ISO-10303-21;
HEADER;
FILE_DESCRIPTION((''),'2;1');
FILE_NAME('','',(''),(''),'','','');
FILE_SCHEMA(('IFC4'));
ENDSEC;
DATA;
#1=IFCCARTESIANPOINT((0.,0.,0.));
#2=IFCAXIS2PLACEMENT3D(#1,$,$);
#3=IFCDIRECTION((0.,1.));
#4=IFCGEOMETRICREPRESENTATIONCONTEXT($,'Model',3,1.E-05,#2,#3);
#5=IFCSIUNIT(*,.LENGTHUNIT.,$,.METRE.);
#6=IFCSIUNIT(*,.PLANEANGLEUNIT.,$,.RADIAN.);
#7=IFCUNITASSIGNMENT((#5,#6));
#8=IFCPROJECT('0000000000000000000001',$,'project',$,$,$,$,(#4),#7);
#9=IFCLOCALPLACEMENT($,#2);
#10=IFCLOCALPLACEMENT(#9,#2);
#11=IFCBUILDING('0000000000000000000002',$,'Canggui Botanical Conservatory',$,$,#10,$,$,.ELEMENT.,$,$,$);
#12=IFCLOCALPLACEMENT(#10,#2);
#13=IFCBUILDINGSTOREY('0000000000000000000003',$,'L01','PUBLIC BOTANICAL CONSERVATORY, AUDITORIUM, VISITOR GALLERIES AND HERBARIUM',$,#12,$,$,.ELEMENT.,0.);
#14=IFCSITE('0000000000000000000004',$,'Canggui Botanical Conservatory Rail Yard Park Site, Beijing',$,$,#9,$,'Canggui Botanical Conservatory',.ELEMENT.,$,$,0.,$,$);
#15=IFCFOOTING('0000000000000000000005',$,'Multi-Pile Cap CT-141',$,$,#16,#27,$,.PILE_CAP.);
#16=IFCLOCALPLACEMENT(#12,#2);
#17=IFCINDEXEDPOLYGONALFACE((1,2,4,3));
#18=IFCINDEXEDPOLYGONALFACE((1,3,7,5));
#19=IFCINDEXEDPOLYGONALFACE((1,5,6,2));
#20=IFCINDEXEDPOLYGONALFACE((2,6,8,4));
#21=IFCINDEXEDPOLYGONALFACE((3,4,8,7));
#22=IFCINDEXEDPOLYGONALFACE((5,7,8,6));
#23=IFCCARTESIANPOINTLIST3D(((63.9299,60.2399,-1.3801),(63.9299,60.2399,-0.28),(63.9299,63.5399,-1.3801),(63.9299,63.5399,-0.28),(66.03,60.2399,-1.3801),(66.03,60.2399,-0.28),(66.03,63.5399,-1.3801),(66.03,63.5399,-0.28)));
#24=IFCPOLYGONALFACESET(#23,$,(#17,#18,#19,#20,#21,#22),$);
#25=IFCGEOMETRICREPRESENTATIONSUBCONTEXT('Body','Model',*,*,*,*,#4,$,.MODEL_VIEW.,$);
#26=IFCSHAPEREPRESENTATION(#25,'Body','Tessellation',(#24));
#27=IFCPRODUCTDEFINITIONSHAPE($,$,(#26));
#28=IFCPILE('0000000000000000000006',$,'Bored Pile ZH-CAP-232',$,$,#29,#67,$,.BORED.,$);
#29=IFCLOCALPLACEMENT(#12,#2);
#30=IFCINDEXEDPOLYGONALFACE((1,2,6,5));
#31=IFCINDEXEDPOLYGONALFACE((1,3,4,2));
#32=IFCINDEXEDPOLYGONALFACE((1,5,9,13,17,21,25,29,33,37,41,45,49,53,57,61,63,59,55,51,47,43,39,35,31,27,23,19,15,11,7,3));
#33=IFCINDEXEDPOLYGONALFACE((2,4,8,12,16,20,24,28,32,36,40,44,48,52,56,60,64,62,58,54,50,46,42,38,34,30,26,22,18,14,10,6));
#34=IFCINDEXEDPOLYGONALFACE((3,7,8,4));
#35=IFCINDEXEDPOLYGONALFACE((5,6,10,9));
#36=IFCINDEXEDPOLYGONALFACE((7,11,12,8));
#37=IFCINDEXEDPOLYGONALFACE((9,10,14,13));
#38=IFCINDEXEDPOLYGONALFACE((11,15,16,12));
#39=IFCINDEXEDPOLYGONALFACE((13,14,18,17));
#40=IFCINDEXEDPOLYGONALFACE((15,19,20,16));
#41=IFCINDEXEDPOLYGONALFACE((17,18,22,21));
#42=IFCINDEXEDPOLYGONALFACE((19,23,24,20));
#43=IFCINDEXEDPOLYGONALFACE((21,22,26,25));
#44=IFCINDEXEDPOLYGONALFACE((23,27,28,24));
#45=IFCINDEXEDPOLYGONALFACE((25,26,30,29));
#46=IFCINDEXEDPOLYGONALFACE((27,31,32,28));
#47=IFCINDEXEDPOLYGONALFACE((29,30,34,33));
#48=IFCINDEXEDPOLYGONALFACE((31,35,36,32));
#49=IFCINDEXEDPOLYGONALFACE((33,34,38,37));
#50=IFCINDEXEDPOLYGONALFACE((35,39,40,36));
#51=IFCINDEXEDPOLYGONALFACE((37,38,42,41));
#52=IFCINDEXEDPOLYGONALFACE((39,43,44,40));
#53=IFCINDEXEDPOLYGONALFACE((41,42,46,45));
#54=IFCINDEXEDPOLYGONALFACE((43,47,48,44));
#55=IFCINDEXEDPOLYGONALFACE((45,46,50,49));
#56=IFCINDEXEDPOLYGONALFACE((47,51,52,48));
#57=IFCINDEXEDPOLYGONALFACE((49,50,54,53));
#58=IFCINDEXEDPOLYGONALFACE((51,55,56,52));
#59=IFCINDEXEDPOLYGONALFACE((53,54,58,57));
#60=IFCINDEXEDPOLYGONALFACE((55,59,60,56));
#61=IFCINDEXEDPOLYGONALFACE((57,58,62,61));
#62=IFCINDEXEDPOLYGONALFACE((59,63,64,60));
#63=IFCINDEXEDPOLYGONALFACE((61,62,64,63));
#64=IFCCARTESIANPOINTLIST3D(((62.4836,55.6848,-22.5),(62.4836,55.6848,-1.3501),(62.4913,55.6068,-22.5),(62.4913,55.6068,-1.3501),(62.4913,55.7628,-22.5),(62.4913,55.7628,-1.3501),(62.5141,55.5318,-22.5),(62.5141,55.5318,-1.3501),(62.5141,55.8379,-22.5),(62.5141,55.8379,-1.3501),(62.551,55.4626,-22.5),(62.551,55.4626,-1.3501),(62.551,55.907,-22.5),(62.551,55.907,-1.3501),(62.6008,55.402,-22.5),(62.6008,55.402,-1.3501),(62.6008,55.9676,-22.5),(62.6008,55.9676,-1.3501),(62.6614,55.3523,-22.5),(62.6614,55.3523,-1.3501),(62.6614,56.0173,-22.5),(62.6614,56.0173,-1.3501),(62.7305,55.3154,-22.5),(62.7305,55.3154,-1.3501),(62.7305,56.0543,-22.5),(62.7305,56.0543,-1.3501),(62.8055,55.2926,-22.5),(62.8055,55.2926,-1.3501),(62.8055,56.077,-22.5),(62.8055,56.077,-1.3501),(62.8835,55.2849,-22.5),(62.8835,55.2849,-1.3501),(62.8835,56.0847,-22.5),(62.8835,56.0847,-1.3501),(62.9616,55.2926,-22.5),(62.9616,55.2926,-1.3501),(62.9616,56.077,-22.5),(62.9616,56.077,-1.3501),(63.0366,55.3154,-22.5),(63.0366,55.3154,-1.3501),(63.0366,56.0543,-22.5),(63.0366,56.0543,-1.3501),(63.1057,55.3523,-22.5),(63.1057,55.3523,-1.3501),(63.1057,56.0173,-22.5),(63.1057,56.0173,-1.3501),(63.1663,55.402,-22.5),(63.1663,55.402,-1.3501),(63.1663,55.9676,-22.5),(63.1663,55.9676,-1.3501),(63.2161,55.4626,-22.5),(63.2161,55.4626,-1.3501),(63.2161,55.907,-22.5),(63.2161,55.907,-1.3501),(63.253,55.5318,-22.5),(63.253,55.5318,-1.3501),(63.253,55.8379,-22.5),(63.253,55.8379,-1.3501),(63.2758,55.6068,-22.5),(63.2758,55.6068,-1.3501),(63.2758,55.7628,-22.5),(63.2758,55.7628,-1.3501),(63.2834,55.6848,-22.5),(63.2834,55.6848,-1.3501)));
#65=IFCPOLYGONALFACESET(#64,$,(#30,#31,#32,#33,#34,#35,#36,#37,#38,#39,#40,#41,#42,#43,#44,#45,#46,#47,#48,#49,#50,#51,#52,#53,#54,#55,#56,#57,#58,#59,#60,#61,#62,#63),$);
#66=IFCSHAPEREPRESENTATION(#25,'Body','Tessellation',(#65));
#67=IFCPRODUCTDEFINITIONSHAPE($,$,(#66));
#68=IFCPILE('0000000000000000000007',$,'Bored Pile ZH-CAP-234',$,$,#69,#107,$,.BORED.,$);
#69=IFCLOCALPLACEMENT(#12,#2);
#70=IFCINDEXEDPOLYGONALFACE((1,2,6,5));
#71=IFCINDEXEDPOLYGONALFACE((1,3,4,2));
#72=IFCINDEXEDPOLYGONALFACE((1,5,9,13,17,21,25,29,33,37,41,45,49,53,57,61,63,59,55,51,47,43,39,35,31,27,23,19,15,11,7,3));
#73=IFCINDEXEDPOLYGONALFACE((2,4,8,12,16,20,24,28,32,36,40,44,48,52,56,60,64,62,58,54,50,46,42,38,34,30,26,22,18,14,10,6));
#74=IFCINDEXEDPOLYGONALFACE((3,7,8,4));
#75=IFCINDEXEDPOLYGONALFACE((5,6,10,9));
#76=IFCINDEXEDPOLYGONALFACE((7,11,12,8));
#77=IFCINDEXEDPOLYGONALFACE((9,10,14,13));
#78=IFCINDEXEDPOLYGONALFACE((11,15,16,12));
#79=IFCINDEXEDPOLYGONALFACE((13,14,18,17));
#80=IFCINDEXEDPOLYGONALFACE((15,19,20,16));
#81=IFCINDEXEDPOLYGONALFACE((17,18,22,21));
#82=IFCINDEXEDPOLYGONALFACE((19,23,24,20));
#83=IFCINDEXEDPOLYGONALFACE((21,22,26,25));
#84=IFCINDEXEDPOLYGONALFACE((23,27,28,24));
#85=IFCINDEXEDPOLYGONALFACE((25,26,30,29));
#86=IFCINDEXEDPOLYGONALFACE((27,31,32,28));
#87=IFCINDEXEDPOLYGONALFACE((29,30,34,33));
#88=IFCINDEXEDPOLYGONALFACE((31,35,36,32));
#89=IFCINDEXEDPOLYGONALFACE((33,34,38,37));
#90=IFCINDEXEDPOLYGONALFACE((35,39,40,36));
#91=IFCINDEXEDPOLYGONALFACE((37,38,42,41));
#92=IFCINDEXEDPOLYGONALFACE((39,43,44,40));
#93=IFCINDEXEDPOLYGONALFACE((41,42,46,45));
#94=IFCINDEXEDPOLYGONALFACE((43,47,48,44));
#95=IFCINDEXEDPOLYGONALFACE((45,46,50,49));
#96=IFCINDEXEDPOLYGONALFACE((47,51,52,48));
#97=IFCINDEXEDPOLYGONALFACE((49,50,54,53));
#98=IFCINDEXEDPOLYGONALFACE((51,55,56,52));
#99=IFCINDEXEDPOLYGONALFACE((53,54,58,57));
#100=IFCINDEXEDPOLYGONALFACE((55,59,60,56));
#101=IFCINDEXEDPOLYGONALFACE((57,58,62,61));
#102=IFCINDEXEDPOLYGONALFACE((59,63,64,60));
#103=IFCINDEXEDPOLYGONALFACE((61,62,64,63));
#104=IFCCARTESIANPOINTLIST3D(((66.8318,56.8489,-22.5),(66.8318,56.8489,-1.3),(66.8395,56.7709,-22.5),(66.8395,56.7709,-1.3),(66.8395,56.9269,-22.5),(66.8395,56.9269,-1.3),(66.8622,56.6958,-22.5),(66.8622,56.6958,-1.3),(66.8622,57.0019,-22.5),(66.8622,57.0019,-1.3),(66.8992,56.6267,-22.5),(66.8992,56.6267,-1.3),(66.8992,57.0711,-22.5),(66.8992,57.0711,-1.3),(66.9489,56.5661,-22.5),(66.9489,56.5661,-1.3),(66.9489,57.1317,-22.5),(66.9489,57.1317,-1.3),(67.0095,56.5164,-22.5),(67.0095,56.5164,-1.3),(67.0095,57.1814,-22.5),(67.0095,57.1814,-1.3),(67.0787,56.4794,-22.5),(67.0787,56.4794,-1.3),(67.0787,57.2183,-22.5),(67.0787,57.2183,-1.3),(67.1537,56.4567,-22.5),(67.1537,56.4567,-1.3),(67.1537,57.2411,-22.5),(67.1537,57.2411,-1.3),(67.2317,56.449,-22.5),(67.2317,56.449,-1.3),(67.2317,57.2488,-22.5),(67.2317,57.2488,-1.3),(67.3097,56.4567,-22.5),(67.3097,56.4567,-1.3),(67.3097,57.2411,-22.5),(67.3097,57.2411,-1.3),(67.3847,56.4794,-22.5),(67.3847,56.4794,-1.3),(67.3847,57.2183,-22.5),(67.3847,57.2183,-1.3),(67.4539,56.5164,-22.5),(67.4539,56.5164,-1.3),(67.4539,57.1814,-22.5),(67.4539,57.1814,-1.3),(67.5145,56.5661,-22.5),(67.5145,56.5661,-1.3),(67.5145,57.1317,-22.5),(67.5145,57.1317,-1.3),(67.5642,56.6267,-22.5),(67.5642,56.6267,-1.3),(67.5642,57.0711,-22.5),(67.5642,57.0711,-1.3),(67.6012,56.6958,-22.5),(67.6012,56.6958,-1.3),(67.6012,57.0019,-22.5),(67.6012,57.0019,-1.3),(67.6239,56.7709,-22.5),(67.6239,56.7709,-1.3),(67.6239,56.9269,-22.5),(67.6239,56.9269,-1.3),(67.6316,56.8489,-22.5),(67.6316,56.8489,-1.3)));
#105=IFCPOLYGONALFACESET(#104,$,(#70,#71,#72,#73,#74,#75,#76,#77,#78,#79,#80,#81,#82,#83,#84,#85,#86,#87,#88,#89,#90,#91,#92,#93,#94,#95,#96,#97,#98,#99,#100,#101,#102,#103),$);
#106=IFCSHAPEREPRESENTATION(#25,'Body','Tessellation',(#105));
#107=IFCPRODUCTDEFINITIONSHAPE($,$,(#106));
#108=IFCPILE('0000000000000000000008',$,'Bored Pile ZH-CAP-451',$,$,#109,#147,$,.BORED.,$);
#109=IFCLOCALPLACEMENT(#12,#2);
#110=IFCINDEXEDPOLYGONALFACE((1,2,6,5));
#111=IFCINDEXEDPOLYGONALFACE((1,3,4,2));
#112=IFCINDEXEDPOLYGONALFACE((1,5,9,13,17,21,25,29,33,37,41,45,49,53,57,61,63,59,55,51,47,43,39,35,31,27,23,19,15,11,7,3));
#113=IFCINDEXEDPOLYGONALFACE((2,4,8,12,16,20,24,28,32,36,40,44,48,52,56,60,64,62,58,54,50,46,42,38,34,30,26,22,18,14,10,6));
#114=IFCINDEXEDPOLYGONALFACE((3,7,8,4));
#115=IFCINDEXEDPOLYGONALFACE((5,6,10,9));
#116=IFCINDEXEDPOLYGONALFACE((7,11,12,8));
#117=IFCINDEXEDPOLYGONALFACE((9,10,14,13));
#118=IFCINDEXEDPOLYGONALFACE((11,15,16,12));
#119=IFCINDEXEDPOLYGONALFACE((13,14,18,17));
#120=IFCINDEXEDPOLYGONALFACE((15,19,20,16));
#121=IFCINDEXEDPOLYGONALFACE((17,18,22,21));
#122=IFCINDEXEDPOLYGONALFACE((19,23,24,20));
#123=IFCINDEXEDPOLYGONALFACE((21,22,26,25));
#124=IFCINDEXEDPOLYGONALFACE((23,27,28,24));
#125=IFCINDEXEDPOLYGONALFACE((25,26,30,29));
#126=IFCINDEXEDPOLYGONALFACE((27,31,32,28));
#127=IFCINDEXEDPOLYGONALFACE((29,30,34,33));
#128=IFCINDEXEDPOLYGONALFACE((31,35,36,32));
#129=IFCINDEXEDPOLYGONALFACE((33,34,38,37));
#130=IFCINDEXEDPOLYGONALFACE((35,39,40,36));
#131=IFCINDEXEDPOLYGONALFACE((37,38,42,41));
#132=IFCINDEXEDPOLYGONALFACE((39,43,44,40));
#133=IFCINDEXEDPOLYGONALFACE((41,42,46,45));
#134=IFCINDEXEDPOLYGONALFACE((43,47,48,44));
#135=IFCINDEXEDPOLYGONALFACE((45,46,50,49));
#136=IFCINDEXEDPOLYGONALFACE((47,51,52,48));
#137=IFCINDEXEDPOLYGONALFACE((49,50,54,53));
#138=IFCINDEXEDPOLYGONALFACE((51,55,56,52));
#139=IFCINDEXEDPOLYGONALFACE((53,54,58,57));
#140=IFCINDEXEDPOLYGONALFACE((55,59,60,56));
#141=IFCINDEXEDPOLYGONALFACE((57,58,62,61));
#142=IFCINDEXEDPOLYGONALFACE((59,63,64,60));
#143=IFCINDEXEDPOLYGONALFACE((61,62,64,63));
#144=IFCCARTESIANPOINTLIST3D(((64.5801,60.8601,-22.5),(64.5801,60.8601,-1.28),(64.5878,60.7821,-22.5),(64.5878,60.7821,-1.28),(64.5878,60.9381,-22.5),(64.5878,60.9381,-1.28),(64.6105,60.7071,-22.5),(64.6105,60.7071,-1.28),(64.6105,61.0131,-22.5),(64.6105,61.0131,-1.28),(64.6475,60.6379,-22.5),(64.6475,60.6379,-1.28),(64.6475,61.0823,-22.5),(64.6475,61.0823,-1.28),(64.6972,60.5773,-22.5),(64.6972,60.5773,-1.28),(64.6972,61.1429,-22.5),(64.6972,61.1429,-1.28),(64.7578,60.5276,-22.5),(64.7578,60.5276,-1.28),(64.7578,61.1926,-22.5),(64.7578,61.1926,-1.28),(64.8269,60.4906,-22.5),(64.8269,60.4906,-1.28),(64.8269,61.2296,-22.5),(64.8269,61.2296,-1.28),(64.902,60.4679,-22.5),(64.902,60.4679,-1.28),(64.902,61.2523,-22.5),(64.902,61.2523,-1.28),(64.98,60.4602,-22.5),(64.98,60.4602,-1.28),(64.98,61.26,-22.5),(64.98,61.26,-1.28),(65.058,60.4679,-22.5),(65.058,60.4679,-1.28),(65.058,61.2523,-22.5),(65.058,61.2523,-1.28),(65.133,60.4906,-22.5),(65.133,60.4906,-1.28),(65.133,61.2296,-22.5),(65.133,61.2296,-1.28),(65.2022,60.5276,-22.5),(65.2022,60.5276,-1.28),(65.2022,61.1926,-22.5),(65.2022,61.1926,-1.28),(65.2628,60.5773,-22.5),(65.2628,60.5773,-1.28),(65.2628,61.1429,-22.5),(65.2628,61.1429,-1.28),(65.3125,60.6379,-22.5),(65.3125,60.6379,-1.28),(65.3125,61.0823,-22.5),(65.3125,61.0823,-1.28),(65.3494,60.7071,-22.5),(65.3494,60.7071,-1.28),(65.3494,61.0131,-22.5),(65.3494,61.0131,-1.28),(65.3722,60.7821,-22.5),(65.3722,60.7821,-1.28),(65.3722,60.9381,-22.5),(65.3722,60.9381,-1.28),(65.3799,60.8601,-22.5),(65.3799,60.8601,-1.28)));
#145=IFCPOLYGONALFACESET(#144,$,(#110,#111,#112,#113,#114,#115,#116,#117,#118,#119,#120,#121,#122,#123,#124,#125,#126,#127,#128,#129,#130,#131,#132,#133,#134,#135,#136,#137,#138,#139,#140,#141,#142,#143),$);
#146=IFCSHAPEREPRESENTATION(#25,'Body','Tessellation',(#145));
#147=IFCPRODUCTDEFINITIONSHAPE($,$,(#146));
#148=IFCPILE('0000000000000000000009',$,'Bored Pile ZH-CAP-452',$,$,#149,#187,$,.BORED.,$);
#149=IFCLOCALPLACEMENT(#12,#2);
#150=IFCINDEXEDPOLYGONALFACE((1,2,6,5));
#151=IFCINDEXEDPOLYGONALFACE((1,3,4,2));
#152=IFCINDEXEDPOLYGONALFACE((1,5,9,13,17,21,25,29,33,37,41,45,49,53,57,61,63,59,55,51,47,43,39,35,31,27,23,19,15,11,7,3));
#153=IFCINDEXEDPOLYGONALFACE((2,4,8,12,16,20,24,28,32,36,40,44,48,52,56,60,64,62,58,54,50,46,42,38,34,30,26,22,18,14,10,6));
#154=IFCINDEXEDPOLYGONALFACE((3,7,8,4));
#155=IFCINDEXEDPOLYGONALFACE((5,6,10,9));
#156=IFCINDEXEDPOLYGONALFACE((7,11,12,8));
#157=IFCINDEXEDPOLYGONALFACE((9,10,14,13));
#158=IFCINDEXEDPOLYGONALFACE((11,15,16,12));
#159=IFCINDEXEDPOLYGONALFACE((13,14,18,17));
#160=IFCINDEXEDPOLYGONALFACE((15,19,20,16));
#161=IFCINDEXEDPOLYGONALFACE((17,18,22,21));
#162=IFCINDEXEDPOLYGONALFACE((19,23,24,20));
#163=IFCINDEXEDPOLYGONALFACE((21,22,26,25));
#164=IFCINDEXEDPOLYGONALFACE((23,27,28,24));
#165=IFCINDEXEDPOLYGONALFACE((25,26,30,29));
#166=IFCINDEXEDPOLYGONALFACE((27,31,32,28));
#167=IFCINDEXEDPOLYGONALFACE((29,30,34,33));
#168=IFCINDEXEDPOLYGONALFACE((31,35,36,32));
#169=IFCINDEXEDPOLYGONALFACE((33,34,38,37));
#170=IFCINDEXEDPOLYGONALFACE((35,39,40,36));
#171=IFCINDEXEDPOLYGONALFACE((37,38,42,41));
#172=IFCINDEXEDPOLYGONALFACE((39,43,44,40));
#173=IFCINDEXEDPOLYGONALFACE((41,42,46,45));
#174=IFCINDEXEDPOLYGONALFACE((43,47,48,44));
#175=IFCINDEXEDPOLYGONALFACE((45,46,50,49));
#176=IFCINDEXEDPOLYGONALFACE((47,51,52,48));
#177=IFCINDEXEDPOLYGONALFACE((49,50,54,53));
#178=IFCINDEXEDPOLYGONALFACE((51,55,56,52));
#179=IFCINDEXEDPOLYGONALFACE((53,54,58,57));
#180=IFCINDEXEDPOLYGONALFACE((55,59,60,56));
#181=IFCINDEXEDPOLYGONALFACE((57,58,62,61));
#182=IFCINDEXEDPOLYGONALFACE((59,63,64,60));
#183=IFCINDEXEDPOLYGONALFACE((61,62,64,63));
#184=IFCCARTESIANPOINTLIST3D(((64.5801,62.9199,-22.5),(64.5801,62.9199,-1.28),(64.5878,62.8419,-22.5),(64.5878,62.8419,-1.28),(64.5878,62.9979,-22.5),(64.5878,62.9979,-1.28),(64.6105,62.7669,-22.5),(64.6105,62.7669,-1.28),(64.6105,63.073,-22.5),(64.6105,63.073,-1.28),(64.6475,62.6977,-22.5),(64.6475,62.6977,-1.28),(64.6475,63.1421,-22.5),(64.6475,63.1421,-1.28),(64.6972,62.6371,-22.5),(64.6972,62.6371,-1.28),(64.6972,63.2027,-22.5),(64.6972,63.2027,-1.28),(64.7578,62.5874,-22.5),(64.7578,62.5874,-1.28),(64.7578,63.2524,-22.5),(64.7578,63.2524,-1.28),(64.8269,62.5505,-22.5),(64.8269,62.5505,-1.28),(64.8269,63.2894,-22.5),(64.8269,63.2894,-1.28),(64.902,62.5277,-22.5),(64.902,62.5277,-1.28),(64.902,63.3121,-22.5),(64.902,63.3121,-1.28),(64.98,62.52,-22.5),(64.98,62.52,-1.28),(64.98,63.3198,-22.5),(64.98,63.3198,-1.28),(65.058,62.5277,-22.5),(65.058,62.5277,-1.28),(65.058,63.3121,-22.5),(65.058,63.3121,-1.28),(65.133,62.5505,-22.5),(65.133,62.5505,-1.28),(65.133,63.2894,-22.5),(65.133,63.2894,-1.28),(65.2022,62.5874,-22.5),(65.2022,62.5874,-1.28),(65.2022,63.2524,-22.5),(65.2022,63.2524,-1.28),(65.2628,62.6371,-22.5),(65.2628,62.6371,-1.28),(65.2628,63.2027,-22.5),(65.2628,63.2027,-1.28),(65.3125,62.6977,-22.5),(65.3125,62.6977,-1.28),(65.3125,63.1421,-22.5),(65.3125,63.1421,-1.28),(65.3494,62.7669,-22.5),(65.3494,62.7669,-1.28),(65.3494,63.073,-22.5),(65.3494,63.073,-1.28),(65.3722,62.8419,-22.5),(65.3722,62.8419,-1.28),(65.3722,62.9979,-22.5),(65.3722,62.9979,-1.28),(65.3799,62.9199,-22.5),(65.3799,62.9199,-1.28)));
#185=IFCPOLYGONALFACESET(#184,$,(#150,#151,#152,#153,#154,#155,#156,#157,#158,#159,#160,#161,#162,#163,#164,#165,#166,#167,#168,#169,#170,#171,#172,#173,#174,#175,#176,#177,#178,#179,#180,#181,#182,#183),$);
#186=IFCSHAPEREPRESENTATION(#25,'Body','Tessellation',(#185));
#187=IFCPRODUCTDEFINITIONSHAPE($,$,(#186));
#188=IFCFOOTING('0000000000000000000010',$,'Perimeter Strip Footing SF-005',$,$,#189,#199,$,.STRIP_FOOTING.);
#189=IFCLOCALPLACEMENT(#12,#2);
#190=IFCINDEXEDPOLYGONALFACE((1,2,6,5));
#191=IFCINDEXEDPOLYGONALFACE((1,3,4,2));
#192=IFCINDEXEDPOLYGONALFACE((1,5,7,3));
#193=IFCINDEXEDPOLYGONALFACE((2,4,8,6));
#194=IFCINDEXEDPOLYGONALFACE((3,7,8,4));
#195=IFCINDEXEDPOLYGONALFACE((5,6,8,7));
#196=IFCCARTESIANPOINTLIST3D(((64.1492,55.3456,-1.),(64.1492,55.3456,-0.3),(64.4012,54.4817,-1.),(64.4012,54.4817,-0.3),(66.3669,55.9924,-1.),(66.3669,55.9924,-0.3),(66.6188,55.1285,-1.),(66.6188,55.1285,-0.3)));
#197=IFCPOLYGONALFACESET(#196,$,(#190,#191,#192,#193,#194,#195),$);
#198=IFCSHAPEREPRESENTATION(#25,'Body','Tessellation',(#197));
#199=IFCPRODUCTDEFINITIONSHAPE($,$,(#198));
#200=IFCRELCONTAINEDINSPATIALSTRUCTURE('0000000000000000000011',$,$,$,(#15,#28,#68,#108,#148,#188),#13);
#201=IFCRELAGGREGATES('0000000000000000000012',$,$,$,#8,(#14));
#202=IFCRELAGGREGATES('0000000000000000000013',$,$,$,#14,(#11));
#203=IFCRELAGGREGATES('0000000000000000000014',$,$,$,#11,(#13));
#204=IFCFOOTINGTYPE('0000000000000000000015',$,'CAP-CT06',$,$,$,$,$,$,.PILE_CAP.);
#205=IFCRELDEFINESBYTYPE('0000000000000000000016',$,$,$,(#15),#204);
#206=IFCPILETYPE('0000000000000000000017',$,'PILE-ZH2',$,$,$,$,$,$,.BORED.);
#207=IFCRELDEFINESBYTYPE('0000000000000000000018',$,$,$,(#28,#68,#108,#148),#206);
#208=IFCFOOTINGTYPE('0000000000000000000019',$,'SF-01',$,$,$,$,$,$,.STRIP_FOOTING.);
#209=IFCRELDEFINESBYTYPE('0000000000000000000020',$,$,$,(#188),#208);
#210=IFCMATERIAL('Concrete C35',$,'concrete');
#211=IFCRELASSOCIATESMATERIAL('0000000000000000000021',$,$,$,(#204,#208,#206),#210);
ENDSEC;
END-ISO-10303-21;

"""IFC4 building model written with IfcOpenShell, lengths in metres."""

from ifc_helpers import new_model, si_unit, direction, frame, origin, origin_2d, place, context, subcontext, project, spatial, rectangle, circle, extrude, material, material_profile, profile_set, type_object, element, save


model = new_model("IFC4")

# Units and contexts
model_context = context("Model", 3, precision=1e-05, world=origin(), true_north=direction((0.0, 1.0)))
body_context = subcontext(model_context, "Body", "Model", "MODEL_VIEW")
ifc_project = project(units=[si_unit("LENGTHUNIT", "METRE"), si_unit("PLANEANGLEUNIT", "RADIAN")], contexts=[model_context])

# Site, building, storey
site_placement = place(None, origin())
site = spatial("IfcSite", under=ifc_project, at=site_placement, Name="Canggui Botanical Conservatory Rail Yard Park Site, Beijing", LongName="Canggui Botanical Conservatory", CompositionType="ELEMENT", RefElevation=0.0)
building_placement = place(site_placement, origin())
building = spatial("IfcBuilding", under=site, at=building_placement, Name="Canggui Botanical Conservatory", CompositionType="ELEMENT")
storey_placement = place(building_placement, origin())
storey = spatial("IfcBuildingStorey", under=building, at=storey_placement, Name="L01", Description="PUBLIC BOTANICAL CONSERVATORY, AUDITORIUM, VISITOR GALLERIES AND HERBARIUM", CompositionType="ELEMENT", Elevation=0.0)

# Footing
ifc_material_1 = material(Name="Concrete C35", Category="concrete")
footing_type_1 = type_object("IfcFootingType", Name="CAP-CT06", PredefinedType="PILE_CAP", material=ifc_material_1)
footing_1_placement = place(storey_placement, frame((64.98, 61.8899, -1.3801), z_axis=(0.0, 0.0, 1.0), x_axis=(0.0, 1.0, 0.0)))
element("IfcFooting", 1, at=footing_1_placement, inside=storey, type_object=footing_type_1, Name="Multi-Pile Cap CT-141", PredefinedType="PILE_CAP", context=body_context, shape_type="SweptSolid", body=[
    extrude(rectangle(XDim=3.3, YDim=2.1001, at=origin_2d()), origin(), (0.0, 0.0, 1.0), 1.1001),
])

# Piles
ifc_material_profile_1 = material_profile(ifc_material_1, circle(Radius=0.3999, at=origin_2d()), Name="PILE D800")
ifc_profile_set_1 = profile_set([ifc_material_profile_1], Name="Concrete C35")
pile_type = type_object("IfcPileType", Name="PILE-ZH2", PredefinedType="BORED", material=ifc_profile_set_1)
pile_1_placement = place(storey_placement, frame((62.8835, 55.6848, -1.3501), z_axis=(0.0, 0.0, -1.0), x_axis=(1.0, 0.0, 0.0)))
element("IfcPile", 2, at=pile_1_placement, inside=storey, type_object=pile_type, Name="Bored Pile ZH-CAP-232", PredefinedType="BORED", context=body_context, shape_type="SweptSolid", body=[
    extrude(circle(Radius=0.3999, at=origin_2d()), origin(), (0.0, 0.0, 1.0), 21.1499),
])
pile_2_placement = place(storey_placement, frame((67.2317, 56.8489, -1.3), z_axis=(0.0, 0.0, -1.0), x_axis=(1.0, 0.0, 0.0)))
element("IfcPile", 3, at=pile_2_placement, inside=storey, type_object=pile_type, Name="Bored Pile ZH-CAP-234", PredefinedType="BORED", context=body_context, shape_type="SweptSolid", body=[
    extrude(circle(Radius=0.3999, at=origin_2d()), origin(), (0.0, 0.0, 1.0), 21.2),
])
for number, where, z_axis, x_axis, name in (
    (4, (64.98, 60.8601, -1.28), (0.0, 0.0, -1.0), (1.0, 0.0, 0.0), "Bored Pile ZH-CAP-451"),
    (5, (64.98, 62.9199, -1.28), (0.0, 0.0, -1.0), (1.0, 0.0, 0.0), "Bored Pile ZH-CAP-452"),
):
    element("IfcPile", number, at=place(storey_placement, frame(where, z_axis=z_axis, x_axis=x_axis)), inside=storey, type_object=pile_type, Name=name, PredefinedType="BORED", context=body_context, shape_type="SweptSolid", body=[
        extrude(circle(Radius=0.3999, at=origin_2d()), origin(), (0.0, 0.0, 1.0), 21.22),
    ])

# Footing
footing_type_2 = type_object("IfcFootingType", Name="SF-01", PredefinedType="STRIP_FOOTING", material=ifc_material_1)
footing_2_placement = place(storey_placement, frame((65.384, 55.2371, -1.0), z_axis=(0.0, 0.0, 1.0), x_axis=(0.96, 0.28, 0.0)))
element("IfcFooting", 6, at=footing_2_placement, inside=storey, type_object=footing_type_2, Name="Perimeter Strip Footing SF-005", PredefinedType="STRIP_FOOTING", context=body_context, shape_type="SweptSolid", body=[
    extrude(rectangle(XDim=2.3101, YDim=0.8999, at=origin_2d()), origin(), (0.0, 0.0, 1.0), 0.7),
])

save(model, "model.ifc")
